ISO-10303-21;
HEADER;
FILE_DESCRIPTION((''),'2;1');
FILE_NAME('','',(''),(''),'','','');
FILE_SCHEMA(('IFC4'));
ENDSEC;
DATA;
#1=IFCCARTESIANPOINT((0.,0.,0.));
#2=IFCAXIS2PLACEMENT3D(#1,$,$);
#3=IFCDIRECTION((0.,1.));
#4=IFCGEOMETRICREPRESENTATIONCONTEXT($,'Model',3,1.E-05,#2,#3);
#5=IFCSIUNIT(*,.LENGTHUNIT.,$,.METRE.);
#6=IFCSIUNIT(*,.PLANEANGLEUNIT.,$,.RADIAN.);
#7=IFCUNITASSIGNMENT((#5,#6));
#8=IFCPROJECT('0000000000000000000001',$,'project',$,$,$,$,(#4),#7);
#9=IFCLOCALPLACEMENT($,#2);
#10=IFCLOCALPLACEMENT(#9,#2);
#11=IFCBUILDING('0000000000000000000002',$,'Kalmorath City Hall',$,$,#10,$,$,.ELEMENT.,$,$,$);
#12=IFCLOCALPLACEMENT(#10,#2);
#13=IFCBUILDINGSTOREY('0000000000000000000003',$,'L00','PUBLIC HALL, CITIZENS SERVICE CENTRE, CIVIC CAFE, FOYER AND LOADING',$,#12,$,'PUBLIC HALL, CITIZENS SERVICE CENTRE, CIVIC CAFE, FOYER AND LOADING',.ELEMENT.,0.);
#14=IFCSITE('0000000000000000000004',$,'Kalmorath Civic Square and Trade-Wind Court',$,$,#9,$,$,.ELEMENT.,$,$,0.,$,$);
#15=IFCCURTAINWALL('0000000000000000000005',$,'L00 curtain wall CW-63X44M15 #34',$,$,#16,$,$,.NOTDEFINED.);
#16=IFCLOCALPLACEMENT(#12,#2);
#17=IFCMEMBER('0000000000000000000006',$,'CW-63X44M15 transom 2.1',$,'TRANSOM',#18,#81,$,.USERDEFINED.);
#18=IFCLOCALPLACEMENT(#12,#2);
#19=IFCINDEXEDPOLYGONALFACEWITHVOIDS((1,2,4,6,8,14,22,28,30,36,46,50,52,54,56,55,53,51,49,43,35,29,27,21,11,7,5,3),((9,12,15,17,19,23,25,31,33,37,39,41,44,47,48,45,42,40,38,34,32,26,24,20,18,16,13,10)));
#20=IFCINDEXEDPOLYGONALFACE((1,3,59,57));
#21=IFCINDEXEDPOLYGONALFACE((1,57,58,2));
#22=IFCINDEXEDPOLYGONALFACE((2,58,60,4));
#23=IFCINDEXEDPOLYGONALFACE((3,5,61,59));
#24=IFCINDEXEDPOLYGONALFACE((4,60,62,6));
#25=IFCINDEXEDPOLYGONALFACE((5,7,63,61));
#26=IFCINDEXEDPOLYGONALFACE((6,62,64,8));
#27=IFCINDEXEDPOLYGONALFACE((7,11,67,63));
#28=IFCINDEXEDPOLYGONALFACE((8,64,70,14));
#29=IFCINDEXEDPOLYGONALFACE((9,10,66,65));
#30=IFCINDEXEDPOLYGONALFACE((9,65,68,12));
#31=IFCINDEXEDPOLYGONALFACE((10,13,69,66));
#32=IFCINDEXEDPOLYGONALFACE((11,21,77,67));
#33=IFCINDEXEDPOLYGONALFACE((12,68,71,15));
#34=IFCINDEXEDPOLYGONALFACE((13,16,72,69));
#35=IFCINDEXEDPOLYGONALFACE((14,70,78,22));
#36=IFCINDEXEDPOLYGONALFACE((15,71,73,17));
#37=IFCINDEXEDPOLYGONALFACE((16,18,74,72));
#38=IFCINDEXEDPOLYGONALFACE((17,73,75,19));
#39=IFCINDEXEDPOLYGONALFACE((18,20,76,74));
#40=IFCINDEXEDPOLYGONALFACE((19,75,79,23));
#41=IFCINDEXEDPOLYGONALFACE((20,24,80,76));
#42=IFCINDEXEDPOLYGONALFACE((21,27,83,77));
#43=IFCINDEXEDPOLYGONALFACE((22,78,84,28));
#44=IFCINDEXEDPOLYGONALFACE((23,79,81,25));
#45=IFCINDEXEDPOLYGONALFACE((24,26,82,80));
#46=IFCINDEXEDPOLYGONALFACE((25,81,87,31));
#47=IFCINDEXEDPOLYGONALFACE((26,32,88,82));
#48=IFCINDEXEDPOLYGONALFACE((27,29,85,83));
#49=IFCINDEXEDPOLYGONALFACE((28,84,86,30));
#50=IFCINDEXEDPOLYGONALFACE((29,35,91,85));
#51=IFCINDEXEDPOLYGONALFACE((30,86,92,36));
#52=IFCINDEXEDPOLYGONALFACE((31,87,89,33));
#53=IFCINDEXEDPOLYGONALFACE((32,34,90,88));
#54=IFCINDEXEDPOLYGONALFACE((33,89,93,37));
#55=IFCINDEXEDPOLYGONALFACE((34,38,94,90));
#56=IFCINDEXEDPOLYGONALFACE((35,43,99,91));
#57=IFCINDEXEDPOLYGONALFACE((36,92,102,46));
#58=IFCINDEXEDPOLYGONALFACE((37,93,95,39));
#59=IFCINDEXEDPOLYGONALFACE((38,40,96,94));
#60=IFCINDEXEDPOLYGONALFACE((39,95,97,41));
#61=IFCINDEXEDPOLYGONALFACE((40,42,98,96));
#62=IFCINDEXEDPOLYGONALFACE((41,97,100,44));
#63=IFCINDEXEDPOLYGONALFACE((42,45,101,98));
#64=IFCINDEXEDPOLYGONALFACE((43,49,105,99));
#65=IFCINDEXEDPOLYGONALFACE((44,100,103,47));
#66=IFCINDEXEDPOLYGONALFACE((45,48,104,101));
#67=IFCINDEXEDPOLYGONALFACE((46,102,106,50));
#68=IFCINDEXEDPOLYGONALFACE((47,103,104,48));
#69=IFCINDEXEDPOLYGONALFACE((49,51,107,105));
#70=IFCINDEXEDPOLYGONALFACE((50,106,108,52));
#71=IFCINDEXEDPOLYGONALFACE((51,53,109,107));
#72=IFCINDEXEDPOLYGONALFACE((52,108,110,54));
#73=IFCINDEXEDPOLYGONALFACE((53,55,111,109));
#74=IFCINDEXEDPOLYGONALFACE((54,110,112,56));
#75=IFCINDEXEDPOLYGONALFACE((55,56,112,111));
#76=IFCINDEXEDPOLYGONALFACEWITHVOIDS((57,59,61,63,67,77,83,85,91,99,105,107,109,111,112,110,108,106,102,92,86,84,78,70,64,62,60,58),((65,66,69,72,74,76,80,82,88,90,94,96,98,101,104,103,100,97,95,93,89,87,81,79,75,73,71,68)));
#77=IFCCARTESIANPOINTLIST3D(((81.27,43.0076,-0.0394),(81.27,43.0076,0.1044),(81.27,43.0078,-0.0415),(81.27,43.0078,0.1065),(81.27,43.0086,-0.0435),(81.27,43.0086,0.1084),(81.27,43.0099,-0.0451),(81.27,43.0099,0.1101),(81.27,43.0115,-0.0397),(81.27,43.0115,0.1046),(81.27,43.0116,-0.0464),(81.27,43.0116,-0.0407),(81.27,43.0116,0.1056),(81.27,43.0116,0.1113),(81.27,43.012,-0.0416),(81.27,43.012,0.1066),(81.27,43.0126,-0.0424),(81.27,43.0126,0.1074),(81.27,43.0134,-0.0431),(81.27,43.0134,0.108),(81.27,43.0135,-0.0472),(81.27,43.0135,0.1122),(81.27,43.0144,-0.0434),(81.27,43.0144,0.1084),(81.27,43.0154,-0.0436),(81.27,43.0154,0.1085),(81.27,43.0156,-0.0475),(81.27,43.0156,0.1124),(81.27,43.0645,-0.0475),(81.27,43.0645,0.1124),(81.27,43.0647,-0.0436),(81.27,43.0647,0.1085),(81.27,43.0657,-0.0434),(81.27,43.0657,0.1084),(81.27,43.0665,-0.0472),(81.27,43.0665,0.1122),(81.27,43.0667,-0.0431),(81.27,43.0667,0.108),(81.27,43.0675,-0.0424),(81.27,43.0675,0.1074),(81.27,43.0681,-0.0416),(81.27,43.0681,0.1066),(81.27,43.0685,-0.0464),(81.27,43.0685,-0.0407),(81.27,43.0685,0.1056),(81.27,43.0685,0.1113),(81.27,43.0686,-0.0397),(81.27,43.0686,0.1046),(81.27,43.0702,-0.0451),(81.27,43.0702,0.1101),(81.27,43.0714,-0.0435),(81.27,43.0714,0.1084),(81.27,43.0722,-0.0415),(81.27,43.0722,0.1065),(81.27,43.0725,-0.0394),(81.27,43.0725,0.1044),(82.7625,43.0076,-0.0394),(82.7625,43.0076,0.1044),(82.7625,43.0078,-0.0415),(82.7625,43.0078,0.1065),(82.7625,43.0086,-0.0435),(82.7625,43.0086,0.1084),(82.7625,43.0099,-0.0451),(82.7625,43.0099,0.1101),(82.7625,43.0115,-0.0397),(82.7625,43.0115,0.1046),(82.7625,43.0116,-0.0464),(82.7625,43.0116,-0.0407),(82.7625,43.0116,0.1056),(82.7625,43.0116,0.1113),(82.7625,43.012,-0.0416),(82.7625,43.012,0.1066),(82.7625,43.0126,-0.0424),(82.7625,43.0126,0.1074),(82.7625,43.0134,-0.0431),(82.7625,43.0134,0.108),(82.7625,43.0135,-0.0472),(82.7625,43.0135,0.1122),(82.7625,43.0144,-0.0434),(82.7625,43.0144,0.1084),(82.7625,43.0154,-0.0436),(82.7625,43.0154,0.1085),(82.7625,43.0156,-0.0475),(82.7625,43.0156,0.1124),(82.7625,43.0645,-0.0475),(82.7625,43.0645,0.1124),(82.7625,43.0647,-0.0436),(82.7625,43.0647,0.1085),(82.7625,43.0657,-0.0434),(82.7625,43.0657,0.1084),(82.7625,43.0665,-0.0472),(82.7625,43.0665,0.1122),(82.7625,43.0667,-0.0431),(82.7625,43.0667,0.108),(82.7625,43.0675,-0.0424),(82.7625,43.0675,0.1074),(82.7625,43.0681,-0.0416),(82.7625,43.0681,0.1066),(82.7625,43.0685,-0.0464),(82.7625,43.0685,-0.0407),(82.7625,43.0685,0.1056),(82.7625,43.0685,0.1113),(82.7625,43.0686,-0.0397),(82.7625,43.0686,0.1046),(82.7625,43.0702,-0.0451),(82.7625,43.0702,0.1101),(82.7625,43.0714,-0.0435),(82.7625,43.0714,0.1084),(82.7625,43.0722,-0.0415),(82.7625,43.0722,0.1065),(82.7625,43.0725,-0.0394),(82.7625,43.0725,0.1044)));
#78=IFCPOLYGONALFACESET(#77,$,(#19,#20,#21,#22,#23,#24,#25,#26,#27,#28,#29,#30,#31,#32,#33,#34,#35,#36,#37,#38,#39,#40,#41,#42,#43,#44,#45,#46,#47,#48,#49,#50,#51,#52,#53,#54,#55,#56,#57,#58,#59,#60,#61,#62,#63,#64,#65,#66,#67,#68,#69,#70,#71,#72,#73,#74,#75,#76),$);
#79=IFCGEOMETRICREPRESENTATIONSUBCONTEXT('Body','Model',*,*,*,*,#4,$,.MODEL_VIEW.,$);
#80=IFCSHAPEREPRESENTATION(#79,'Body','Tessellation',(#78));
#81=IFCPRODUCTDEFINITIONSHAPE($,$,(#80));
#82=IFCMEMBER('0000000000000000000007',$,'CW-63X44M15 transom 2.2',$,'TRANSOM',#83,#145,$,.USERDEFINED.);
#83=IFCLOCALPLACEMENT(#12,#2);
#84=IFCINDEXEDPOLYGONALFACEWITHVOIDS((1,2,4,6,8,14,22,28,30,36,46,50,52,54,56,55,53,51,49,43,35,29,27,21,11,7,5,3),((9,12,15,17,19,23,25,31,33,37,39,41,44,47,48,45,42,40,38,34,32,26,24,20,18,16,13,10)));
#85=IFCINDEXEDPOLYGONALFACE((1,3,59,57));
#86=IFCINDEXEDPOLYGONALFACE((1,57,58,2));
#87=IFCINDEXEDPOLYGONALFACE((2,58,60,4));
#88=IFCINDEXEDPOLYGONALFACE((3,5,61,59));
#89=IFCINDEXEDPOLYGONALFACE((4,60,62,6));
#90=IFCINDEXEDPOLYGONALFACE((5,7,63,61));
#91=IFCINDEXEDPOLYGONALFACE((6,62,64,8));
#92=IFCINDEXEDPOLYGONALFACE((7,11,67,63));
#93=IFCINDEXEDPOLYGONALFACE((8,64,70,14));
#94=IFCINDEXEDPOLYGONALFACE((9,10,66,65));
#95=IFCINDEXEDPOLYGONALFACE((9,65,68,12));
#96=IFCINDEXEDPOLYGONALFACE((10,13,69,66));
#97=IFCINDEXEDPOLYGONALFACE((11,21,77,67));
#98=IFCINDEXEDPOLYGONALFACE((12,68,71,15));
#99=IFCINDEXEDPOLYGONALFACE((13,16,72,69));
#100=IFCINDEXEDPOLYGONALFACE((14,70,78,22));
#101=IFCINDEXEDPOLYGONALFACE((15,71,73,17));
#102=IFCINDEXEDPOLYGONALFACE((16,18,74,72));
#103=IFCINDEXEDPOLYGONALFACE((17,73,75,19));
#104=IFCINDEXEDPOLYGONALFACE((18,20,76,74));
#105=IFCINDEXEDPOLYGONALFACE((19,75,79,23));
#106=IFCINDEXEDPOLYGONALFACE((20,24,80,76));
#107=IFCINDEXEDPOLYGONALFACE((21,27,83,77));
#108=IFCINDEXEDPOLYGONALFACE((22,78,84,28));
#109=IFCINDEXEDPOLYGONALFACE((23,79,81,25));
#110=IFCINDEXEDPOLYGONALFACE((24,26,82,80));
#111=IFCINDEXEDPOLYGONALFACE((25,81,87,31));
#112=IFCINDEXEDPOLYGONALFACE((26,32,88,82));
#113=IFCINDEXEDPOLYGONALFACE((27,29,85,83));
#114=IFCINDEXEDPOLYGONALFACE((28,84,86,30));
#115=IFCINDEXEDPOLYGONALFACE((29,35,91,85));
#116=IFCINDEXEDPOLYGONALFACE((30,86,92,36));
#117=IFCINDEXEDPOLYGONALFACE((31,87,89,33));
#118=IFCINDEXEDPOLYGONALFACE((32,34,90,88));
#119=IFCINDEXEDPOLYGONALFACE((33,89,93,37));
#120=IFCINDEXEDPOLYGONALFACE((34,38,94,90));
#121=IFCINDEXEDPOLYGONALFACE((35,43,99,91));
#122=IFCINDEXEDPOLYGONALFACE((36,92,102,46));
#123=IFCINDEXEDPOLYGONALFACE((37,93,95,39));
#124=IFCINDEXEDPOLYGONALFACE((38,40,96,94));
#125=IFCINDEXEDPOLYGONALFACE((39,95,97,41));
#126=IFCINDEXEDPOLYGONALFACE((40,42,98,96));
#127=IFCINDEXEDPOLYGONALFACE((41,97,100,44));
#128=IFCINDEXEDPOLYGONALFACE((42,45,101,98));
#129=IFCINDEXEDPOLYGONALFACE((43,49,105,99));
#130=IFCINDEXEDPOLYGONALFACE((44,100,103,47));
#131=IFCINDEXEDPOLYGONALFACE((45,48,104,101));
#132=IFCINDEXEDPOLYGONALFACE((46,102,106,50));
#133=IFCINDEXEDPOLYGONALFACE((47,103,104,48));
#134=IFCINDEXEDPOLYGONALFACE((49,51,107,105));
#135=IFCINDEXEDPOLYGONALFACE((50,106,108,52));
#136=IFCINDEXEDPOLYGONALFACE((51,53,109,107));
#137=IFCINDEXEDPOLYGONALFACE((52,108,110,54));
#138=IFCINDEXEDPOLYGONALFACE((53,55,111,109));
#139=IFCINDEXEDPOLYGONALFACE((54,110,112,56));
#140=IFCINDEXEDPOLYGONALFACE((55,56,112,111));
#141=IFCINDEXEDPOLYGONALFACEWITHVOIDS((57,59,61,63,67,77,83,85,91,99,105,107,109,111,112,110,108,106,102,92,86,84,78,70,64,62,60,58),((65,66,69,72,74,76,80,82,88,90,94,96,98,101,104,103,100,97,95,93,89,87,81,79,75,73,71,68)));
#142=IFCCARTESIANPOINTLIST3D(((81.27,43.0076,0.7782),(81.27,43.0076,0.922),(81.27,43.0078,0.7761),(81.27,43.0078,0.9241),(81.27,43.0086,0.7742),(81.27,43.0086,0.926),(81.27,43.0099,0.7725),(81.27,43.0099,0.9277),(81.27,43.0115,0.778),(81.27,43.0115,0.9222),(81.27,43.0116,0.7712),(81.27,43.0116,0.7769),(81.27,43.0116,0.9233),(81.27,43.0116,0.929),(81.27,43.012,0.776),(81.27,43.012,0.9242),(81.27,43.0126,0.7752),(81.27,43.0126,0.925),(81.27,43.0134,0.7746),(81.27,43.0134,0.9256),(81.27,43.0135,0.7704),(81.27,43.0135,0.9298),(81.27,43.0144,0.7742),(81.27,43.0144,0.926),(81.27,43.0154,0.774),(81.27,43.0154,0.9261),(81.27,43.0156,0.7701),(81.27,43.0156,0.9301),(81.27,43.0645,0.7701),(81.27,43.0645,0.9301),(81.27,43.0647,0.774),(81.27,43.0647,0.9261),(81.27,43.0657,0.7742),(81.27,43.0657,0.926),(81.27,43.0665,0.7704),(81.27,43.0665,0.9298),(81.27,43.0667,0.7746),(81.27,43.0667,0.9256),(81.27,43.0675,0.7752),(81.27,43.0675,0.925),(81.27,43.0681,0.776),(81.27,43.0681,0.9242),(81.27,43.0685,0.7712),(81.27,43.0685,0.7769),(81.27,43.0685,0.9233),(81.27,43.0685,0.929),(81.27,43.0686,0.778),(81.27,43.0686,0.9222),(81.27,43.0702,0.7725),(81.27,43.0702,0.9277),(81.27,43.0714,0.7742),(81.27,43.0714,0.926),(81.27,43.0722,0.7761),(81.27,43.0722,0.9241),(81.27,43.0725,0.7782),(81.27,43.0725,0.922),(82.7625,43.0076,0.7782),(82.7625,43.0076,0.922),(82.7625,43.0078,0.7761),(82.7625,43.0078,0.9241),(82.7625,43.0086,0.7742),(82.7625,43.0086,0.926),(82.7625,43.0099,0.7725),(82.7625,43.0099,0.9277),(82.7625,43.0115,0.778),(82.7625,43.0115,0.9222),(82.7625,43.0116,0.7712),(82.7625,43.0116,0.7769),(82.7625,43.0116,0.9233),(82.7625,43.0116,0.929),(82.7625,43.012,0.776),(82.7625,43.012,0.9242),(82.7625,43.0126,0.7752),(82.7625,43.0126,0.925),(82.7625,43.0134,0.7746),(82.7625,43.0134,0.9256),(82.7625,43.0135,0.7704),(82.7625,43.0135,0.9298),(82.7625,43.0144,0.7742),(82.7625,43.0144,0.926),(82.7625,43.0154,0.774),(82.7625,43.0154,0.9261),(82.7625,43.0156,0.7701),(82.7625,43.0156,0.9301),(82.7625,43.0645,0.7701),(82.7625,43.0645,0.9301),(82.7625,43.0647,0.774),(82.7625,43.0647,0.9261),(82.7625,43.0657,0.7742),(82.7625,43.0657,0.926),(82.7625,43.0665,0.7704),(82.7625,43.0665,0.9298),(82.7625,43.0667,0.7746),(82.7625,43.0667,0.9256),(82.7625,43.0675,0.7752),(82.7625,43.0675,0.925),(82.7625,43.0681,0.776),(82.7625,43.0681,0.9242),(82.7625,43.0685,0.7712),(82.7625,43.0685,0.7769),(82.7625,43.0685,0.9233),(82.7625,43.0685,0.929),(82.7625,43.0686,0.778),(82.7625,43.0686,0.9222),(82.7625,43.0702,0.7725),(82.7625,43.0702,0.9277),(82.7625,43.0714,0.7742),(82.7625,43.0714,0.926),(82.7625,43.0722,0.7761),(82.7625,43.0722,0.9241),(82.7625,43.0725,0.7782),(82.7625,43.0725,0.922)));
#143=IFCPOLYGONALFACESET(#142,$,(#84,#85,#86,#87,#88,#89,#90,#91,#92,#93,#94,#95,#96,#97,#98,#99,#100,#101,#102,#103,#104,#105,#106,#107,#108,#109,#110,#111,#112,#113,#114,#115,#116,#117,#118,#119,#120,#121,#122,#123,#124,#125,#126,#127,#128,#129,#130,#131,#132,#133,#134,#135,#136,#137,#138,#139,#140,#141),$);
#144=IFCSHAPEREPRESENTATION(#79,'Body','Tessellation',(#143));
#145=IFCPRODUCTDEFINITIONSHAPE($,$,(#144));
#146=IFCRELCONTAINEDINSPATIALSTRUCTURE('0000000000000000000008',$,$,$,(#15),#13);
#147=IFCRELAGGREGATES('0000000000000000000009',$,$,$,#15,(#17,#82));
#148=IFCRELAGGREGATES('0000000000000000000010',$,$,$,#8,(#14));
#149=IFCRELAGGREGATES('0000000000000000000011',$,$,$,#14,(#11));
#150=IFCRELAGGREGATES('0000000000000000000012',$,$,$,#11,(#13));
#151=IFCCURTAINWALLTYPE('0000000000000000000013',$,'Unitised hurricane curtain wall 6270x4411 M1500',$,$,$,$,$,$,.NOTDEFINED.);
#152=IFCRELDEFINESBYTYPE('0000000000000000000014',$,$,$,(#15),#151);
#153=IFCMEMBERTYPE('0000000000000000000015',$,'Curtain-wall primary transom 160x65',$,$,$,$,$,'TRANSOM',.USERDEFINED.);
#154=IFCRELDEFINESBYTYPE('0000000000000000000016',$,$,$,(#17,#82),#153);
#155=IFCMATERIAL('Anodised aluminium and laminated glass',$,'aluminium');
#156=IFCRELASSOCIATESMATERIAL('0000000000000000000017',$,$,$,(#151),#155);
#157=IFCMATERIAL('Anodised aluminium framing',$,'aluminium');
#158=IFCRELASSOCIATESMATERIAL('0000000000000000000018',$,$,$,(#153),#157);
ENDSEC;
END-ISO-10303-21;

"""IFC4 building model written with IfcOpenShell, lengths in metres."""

from ifc_helpers import new_model, si_unit, direction, frame, origin, origin_2d, place, context, subcontext, project, spatial, hollow_rectangle, extrude, material, material_profile, profile_set, type_object, element, aggregate, save


model = new_model("IFC4")

# Units and contexts
model_context = context("Model", 3, precision=1e-05, world=origin(), true_north=direction((0.0, 1.0)))
body_context = subcontext(model_context, "Body", "Model", "MODEL_VIEW")
ifc_project = project(units=[si_unit("LENGTHUNIT", "METRE"), si_unit("PLANEANGLEUNIT", "RADIAN")], contexts=[model_context])

# Site, building, storey
site_placement = place(None, origin())
site = spatial("IfcSite", under=ifc_project, at=site_placement, Name="Kalmorath Civic Square and Trade-Wind Court", CompositionType="ELEMENT", RefElevation=0.0)
building_placement = place(site_placement, origin())
building = spatial("IfcBuilding", under=site, at=building_placement, Name="Kalmorath City Hall", CompositionType="ELEMENT")
storey_placement = place(building_placement, origin())
storey = spatial("IfcBuildingStorey", under=building, at=storey_placement, Name="L00", Description="PUBLIC HALL, CITIZENS SERVICE CENTRE, CIVIC CAFE, FOYER AND LOADING", LongName="PUBLIC HALL, CITIZENS SERVICE CENTRE, CIVIC CAFE, FOYER AND LOADING", CompositionType="ELEMENT", Elevation=0.0)

# Curtain wall, members
ifc_material_1 = material(Name="Anodised aluminium and laminated glass", Category="aluminium")
curtain_wall_type_1 = type_object("IfcCurtainWallType", Name="Unitised hurricane curtain wall 6270x4411 M1500", PredefinedType="NOTDEFINED", material=ifc_material_1)
curtain_wall_1_placement = place(storey_placement, origin())
curtain_wall_1 = element("IfcCurtainWall", 1, at=curtain_wall_1_placement, inside=storey, type_object=curtain_wall_type_1, Name="L00 curtain wall CW-63X44M15 #34", PredefinedType="NOTDEFINED")
ifc_material_2 = material(Name="Anodised aluminium framing", Category="aluminium")
ifc_material_profile_1 = material_profile(ifc_material_2, hollow_rectangle(XDim=0.0649, YDim=0.1599, WallThickness=0.0039, InnerFilletRadius=0.0039, OuterFilletRadius=0.0081, at=origin_2d()), Name="ALU-TRN-160X65X4")
ifc_profile_set_1 = profile_set([ifc_material_profile_1], Name="Anodised aluminium framing")
member_type_1 = type_object("IfcMemberType", Name="Curtain-wall primary transom 160x65", ElementType="TRANSOM", PredefinedType="USERDEFINED", material=ifc_profile_set_1)
member_1_placement = place(storey_placement, frame((81.27, 43.04, 0.0325), z_axis=(1.0, 0.0, 0.0), x_axis=(0.0, 1.0, 0.0)))
member_1 = element("IfcMember", 2, at=member_1_placement, type_object=member_type_1, Name="CW-63X44M15 transom 2.1", ObjectType="TRANSOM", PredefinedType="USERDEFINED", context=body_context, shape_type="SweptSolid", body=[
    extrude(hollow_rectangle(XDim=0.0649, YDim=0.1599, WallThickness=0.0039, InnerFilletRadius=0.0039, OuterFilletRadius=0.0081, at=origin_2d()), origin(), (0.0, 0.0, 1.0), 1.4924),
])
member_2_placement = place(storey_placement, frame((81.27, 43.04, 0.8501), z_axis=(1.0, 0.0, 0.0), x_axis=(0.0, 1.0, 0.0)))
member_2 = element("IfcMember", 3, at=member_2_placement, type_object=member_type_1, Name="CW-63X44M15 transom 2.2", ObjectType="TRANSOM", PredefinedType="USERDEFINED", context=body_context, shape_type="SweptSolid", body=[
    extrude(hollow_rectangle(XDim=0.0649, YDim=0.1599, WallThickness=0.0039, InnerFilletRadius=0.0039, OuterFilletRadius=0.0081, at=origin_2d()), origin(), (0.0, 0.0, 1.0), 1.4924),
])

aggregate(curtain_wall_1, [member_1, member_2])

save(model, "model.ifc")
